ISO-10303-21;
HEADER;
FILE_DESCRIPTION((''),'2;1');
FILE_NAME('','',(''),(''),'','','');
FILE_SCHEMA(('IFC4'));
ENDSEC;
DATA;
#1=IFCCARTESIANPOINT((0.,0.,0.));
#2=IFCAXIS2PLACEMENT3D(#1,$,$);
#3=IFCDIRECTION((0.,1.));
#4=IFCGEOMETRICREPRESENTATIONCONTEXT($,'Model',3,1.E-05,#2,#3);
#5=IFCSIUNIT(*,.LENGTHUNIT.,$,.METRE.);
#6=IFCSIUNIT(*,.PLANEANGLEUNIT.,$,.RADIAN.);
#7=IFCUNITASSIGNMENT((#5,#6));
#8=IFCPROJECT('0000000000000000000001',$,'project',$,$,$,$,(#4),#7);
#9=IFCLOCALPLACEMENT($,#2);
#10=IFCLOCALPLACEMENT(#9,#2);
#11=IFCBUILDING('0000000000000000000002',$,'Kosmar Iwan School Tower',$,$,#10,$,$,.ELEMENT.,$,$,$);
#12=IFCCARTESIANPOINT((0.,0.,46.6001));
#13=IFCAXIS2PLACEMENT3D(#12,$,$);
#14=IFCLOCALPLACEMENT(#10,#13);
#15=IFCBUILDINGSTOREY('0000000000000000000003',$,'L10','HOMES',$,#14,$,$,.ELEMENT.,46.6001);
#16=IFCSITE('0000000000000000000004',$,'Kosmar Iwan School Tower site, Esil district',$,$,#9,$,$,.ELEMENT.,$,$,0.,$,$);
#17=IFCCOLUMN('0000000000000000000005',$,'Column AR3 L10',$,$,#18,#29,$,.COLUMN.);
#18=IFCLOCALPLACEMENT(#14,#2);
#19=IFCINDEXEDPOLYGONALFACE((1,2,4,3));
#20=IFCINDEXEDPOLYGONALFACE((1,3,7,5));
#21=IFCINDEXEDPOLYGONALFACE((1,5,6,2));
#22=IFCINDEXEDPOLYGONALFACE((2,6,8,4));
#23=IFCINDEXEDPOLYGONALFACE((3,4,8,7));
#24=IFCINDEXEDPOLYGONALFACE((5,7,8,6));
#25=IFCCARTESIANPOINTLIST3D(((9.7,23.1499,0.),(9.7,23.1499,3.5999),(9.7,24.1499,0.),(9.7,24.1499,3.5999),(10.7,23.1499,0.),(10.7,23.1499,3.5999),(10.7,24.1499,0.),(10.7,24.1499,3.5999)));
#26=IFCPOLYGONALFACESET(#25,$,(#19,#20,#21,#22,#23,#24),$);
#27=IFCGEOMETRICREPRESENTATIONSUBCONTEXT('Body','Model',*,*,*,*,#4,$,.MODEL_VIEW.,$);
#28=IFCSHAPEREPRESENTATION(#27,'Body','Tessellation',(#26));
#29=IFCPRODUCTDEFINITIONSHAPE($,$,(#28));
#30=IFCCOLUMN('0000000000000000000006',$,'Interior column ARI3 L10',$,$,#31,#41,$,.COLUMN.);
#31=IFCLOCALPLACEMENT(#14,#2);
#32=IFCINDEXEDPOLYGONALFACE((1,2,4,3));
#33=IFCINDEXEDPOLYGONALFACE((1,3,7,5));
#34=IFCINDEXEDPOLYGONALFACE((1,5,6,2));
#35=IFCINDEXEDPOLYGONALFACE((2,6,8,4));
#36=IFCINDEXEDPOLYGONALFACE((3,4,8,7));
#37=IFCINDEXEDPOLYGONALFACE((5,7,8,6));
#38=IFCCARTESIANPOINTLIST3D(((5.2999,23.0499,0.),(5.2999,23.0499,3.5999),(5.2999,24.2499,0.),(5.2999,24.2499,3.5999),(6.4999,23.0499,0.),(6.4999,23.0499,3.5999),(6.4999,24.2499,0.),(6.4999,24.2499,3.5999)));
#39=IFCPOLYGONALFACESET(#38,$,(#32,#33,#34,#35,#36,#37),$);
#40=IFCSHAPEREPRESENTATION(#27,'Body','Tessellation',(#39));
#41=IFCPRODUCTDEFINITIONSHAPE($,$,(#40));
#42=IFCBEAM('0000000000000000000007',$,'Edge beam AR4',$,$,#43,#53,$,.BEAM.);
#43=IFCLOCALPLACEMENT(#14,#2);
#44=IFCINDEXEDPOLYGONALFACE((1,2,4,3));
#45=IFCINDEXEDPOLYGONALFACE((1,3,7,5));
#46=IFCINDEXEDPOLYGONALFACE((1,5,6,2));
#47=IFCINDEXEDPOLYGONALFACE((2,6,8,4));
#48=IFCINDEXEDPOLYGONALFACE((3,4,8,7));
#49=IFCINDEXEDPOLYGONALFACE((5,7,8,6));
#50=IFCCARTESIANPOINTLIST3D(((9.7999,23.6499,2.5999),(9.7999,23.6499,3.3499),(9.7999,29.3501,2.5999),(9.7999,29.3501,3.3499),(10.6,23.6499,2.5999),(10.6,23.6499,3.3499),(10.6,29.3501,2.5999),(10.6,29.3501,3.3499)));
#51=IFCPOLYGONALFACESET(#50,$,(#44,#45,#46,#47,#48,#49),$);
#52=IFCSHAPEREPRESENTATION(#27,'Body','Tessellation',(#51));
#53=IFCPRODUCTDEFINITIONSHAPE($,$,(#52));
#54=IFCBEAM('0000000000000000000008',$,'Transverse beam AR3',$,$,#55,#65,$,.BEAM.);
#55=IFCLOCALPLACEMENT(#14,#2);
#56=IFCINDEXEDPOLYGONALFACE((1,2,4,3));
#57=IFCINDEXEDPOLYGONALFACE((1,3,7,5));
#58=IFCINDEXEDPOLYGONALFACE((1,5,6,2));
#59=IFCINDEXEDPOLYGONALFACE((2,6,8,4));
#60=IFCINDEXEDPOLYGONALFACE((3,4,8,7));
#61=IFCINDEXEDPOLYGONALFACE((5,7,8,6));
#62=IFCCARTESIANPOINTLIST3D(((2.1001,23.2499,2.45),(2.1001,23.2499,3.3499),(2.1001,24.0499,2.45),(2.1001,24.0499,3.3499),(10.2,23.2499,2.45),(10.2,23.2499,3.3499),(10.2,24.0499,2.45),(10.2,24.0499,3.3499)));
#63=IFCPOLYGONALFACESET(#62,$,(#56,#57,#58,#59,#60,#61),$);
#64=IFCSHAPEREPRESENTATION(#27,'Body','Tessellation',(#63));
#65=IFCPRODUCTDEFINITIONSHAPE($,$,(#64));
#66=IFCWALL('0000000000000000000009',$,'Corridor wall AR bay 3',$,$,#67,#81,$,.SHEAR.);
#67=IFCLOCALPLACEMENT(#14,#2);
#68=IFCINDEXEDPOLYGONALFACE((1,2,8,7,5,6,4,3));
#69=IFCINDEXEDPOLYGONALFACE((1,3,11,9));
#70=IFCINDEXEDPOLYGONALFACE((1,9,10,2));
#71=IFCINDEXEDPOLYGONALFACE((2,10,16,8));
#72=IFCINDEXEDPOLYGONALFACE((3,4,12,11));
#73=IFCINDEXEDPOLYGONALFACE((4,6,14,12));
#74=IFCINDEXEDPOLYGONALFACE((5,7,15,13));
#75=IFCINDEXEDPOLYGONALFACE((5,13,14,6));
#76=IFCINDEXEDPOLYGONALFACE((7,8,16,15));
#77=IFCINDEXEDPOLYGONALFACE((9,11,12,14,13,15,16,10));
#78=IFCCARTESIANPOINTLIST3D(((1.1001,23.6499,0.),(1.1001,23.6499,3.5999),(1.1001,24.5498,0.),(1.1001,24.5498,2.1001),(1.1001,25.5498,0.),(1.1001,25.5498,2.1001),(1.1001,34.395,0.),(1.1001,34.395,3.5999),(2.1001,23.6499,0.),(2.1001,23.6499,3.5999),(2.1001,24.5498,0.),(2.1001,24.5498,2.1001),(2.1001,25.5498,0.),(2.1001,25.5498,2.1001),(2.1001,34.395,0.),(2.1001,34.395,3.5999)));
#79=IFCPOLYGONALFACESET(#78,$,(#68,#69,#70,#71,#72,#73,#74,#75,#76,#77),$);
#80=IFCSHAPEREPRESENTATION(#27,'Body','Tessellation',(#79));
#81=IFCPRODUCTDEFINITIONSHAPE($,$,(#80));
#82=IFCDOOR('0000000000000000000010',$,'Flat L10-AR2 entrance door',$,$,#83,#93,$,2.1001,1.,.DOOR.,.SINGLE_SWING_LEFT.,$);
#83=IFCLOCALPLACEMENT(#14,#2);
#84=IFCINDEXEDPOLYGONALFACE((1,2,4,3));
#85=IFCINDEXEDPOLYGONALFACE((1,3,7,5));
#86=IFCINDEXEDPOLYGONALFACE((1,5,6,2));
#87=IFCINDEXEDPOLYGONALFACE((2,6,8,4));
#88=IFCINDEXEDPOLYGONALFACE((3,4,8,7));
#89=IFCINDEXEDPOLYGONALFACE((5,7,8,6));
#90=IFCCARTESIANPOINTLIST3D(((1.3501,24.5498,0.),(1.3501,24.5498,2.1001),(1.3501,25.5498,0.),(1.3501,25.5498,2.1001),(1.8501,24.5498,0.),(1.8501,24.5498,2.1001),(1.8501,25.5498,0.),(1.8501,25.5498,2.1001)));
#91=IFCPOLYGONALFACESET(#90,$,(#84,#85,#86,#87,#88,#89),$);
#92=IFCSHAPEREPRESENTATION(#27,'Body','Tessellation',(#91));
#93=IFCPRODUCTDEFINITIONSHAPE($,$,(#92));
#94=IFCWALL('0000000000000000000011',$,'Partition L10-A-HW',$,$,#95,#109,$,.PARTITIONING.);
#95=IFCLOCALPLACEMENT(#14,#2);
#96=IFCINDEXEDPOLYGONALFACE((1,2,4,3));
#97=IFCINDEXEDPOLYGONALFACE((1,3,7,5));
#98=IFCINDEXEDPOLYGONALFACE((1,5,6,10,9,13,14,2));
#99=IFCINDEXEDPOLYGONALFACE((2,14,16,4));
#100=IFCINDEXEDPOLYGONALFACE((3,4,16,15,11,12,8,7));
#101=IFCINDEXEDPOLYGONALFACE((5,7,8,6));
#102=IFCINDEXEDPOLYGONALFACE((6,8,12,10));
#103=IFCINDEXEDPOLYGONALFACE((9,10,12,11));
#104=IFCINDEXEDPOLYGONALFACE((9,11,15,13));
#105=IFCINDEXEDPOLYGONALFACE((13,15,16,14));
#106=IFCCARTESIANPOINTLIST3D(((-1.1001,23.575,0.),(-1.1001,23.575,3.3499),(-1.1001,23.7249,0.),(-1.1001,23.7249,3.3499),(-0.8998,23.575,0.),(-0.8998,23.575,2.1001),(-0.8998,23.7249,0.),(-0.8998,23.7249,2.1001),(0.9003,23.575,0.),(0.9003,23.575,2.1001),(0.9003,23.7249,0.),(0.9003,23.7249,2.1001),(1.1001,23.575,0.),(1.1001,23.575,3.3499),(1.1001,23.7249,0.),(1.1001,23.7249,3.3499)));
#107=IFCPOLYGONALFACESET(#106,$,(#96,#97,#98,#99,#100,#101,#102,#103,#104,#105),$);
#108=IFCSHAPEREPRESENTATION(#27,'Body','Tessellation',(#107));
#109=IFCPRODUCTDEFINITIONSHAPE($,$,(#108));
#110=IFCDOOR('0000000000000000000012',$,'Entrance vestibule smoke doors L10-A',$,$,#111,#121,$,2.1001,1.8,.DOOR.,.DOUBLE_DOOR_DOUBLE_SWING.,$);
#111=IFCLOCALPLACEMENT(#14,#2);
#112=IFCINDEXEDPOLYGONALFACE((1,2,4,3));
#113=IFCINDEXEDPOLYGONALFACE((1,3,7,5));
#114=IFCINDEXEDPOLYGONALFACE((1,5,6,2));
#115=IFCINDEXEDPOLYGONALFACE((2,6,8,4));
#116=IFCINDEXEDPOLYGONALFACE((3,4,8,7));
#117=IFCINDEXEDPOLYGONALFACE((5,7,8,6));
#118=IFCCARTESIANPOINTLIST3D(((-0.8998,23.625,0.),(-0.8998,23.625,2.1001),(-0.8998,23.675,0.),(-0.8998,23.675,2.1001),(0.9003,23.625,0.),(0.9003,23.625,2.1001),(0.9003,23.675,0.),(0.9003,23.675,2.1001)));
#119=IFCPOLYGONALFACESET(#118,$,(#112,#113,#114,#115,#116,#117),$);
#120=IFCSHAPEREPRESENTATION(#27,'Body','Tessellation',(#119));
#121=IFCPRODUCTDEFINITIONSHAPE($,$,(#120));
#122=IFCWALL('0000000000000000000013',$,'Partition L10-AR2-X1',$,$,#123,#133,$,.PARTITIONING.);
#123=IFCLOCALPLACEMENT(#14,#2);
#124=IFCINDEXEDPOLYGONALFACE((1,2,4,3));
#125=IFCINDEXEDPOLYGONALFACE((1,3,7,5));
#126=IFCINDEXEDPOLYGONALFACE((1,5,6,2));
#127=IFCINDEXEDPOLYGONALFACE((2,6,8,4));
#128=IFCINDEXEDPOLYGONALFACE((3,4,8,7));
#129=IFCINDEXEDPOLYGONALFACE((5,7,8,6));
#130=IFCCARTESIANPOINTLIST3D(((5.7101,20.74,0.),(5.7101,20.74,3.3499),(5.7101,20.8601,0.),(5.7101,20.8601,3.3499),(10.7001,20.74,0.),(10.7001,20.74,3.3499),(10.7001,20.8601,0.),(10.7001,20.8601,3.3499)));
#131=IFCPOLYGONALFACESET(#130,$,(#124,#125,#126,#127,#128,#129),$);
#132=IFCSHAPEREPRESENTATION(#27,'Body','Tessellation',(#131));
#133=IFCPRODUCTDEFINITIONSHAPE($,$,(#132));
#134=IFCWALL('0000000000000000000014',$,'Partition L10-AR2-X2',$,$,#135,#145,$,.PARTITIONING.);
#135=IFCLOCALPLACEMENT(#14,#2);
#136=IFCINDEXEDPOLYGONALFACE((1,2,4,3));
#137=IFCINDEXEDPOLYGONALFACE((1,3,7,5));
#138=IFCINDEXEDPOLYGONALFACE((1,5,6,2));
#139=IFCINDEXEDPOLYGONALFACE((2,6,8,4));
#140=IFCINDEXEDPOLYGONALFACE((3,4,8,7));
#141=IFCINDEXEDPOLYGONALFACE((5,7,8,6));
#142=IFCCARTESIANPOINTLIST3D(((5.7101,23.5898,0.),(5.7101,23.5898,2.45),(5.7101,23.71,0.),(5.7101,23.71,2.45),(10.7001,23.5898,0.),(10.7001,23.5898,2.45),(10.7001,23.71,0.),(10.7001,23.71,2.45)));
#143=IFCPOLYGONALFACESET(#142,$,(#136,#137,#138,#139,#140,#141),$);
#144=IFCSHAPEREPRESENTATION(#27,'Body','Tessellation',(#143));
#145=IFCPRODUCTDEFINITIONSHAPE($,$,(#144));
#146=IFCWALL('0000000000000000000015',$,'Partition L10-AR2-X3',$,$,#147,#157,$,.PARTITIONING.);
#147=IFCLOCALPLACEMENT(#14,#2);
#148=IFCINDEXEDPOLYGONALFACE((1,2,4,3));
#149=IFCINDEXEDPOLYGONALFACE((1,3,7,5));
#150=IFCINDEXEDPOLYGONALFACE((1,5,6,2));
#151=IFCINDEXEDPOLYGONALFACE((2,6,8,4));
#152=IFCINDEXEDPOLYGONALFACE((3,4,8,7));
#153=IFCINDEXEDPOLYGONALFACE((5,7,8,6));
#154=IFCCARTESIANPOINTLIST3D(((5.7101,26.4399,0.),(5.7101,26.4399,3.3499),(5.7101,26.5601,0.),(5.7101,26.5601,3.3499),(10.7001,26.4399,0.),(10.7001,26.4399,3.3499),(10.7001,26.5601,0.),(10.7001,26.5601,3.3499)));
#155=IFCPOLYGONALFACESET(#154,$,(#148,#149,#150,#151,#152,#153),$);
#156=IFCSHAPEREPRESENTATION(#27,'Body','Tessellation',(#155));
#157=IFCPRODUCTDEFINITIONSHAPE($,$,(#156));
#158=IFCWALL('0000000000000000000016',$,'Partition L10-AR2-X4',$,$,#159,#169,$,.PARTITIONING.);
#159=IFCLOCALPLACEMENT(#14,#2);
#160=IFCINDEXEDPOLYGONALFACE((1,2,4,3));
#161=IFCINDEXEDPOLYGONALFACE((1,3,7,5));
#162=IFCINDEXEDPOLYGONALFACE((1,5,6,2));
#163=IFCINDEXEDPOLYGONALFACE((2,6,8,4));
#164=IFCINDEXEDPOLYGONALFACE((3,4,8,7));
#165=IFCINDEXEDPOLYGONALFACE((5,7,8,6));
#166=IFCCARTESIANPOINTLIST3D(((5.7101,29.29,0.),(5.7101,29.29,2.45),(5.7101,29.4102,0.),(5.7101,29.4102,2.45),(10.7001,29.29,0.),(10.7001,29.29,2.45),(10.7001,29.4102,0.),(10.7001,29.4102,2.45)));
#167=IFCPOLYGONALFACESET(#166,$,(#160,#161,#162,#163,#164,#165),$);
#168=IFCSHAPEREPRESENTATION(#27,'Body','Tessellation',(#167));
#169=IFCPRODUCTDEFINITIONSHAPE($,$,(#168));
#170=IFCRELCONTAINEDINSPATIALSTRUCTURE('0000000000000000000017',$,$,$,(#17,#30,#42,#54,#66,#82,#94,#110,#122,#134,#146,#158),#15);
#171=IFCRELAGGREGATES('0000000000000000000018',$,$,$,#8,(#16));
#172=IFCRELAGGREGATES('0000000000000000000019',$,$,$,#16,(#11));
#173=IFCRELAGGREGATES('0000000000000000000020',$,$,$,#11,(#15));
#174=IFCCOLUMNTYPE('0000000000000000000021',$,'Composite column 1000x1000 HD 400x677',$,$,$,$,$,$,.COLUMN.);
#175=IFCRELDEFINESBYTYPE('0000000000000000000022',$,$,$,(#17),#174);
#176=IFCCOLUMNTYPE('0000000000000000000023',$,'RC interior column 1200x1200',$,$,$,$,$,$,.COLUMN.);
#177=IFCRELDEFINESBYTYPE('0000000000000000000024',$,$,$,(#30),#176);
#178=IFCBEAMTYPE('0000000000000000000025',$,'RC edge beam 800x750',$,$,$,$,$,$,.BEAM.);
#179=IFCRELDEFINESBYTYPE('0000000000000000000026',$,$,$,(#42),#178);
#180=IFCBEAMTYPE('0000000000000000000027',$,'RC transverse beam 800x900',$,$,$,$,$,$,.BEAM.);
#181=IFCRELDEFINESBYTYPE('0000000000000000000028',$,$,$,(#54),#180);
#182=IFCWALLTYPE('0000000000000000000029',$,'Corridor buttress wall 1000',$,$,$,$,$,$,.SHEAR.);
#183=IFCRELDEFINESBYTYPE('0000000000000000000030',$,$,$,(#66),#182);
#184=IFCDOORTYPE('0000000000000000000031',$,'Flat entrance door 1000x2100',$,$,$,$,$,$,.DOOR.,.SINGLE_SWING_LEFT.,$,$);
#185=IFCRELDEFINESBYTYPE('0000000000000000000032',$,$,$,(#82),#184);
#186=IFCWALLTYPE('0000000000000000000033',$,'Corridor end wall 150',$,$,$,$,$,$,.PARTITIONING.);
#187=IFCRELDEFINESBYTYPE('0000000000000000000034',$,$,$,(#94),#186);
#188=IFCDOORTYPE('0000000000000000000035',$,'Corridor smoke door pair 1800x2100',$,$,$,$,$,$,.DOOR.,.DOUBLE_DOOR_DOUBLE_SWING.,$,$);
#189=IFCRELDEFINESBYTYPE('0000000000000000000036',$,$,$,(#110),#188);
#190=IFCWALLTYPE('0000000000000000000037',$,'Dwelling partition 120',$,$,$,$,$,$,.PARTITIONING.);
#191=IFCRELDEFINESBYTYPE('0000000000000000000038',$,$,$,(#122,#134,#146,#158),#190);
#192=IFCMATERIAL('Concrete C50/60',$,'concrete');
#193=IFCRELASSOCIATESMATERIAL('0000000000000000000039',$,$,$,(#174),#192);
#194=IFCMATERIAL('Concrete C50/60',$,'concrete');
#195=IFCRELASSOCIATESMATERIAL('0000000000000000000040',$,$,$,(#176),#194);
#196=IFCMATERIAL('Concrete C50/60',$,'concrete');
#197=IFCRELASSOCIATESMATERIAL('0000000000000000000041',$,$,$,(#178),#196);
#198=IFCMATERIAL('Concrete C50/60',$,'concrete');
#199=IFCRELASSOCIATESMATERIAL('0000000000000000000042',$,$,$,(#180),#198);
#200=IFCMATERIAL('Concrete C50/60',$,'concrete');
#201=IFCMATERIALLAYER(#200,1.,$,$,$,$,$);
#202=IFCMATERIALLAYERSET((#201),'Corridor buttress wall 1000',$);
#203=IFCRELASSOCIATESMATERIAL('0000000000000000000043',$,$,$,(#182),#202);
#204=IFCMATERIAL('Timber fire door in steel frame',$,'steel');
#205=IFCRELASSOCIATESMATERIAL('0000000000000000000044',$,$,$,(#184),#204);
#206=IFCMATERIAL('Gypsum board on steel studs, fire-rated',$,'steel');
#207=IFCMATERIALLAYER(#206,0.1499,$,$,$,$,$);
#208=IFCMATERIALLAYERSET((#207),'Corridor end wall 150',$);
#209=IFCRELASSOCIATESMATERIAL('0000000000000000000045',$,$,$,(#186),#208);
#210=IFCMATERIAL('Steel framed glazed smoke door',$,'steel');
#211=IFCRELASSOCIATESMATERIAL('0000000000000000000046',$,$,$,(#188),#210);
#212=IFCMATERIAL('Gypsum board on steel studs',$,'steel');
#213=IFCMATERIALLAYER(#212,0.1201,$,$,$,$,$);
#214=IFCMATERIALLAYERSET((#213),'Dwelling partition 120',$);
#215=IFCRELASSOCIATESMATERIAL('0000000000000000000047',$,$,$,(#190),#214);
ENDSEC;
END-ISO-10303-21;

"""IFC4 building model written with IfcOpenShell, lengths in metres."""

from ifc_helpers import new_model, si_unit, direction, frame, frame_2d, origin, origin_2d, place, context, subcontext, project, spatial, rectangle, extrude, material, layer, layer_set, material_profile, profile_set, type_object, element, fill, save


model = new_model("IFC4")

# Units and contexts
model_context = context("Model", 3, precision=1e-05, world=origin(), true_north=direction((0.0, 1.0)))
body_context = subcontext(model_context, "Body", "Model", "MODEL_VIEW")
ifc_project = project(units=[si_unit("LENGTHUNIT", "METRE"), si_unit("PLANEANGLEUNIT", "RADIAN")], contexts=[model_context])

# Site, building, storey
site_placement = place(None, origin())
site = spatial("IfcSite", under=ifc_project, at=site_placement, Name="Kosmar Iwan School Tower site, Esil district", CompositionType="ELEMENT", RefElevation=0.0)
building_placement = place(site_placement, origin())
building = spatial("IfcBuilding", under=site, at=building_placement, Name="Kosmar Iwan School Tower", CompositionType="ELEMENT")
storey_placement = place(building_placement, frame((0.0, 0.0, 46.6001)))
storey = spatial("IfcBuildingStorey", under=building, at=storey_placement, Name="L10", Description="HOMES", CompositionType="ELEMENT", Elevation=46.6001)

# Columns
ifc_material_1 = material(Name="Concrete C50/60", Category="concrete")
ifc_material_profile_1 = material_profile(ifc_material_1, rectangle(XDim=1.0, YDim=1.0, at=origin_2d()), Name="RC 1000x1000 + HD 400x677")
ifc_profile_set_1 = profile_set([ifc_material_profile_1], Name="Concrete C50/60")
column_type_1 = type_object("IfcColumnType", Name="Composite column 1000x1000 HD 400x677", PredefinedType="COLUMN", material=ifc_profile_set_1)
column_1_placement = place(storey_placement, frame((10.2, 23.6499, 0.0), z_axis=(0.0, 0.0, 1.0), x_axis=(0.0, 1.0, 0.0)))
element("IfcColumn", 1, at=column_1_placement, inside=storey, type_object=column_type_1, Name="Column AR3 L10", PredefinedType="COLUMN", context=body_context, shape_type="SweptSolid", body=[
    extrude(rectangle(XDim=1.0, YDim=1.0, at=origin_2d()), origin(), (0.0, 0.0, 1.0), 3.5999),
])
ifc_material_2 = material(Name="Concrete C50/60", Category="concrete")
ifc_material_profile_2 = material_profile(ifc_material_2, rectangle(XDim=1.2, YDim=1.2, at=origin_2d()), Name="RC 1200x1200")
ifc_profile_set_2 = profile_set([ifc_material_profile_2], Name="Concrete C50/60")
column_type_2 = type_object("IfcColumnType", Name="RC interior column 1200x1200", PredefinedType="COLUMN", material=ifc_profile_set_2)
column_2_placement = place(storey_placement, frame((5.8999, 23.6499, 0.0), z_axis=(0.0, 0.0, 1.0), x_axis=(0.0, 1.0, 0.0)))
element("IfcColumn", 2, at=column_2_placement, inside=storey, type_object=column_type_2, Name="Interior column ARI3 L10", PredefinedType="COLUMN", context=body_context, shape_type="SweptSolid", body=[
    extrude(rectangle(XDim=1.2, YDim=1.2, at=origin_2d()), origin(), (0.0, 0.0, 1.0), 3.5999),
])

# Beams
ifc_material_3 = material(Name="Concrete C50/60", Category="concrete")
ifc_material_profile_3 = material_profile(ifc_material_3, rectangle(XDim=0.8, YDim=0.75, at=origin_2d()), Name="RC 800x750")
ifc_profile_set_3 = profile_set([ifc_material_profile_3], Name="Concrete C50/60")
beam_type_1 = type_object("IfcBeamType", Name="RC edge beam 800x750", PredefinedType="BEAM", material=ifc_profile_set_3)
beam_1_placement = place(storey_placement, frame((10.2, 23.6499, 2.9749), z_axis=(0.0, 1.0, 0.0), x_axis=(-1.0, 0.0, 0.0)))
element("IfcBeam", 3, at=beam_1_placement, inside=storey, type_object=beam_type_1, Name="Edge beam AR4", PredefinedType="BEAM", context=body_context, shape_type="SweptSolid", body=[
    extrude(rectangle(XDim=0.8, YDim=0.75, at=origin_2d()), origin(), (0.0, 0.0, 1.0), 5.7002),
])
ifc_material_4 = material(Name="Concrete C50/60", Category="concrete")
ifc_material_profile_4 = material_profile(ifc_material_4, rectangle(XDim=0.8, YDim=0.8999, at=origin_2d()), Name="RC 800x900")
ifc_profile_set_4 = profile_set([ifc_material_profile_4], Name="Concrete C50/60")
beam_type_2 = type_object("IfcBeamType", Name="RC transverse beam 800x900", PredefinedType="BEAM", material=ifc_profile_set_4)
beam_2_placement = place(storey_placement, frame((10.2, 23.6499, 2.8999), z_axis=(-1.0, 0.0, 0.0), x_axis=(0.0, -1.0, 0.0)))
element("IfcBeam", 4, at=beam_2_placement, inside=storey, type_object=beam_type_2, Name="Transverse beam AR3", PredefinedType="BEAM", context=body_context, shape_type="SweptSolid", body=[
    extrude(rectangle(XDim=0.8, YDim=0.8999, at=origin_2d()), origin(), (0.0, 0.0, 1.0), 8.0999),
])

# Walls, openings, doors
ifc_material_5 = material(Name="Concrete C50/60", Category="concrete")
ifc_layer_1 = layer(ifc_material_5, 1.0)
ifc_layer_set_1 = layer_set([ifc_layer_1], Name="Corridor buttress wall 1000")
wall_type_1 = type_object("IfcWallType", Name="Corridor buttress wall 1000", PredefinedType="SHEAR", material=ifc_layer_set_1)
wall_1_placement = place(storey_placement, frame((1.6001, 23.6499, 0.0), z_axis=(0.0, 0.0, 1.0), x_axis=(0.0, 1.0, 0.0)))
wall_1 = element("IfcWall", 5, at=wall_1_placement, inside=storey, type_object=wall_type_1, Name="Corridor wall AR bay 3", PredefinedType="SHEAR", context=body_context, shape_type="SweptSolid", body=[
    extrude(rectangle(XDim=10.7451, YDim=1.0, at=frame_2d((5.3726, 0.0))), origin(), (0.0, 0.0, 1.0), 3.5999),
])
opening_1_placement = place(wall_1_placement, frame((0.8999, 0.0, 0.0)))
opening_1 = element("IfcOpeningElement", 6, at=opening_1_placement, cuts=wall_1, PredefinedType="OPENING", context=body_context, shape_type="SweptSolid", body=[
    extrude(rectangle(XDim=1.0, YDim=2.1001, at=frame_2d((0.5, 1.05))), frame((0.0, 0.512, 0.0), z_axis=(0.0, -1.0, 0.0), x_axis=(1.0, 0.0, 0.0)), (0.0, 0.0, 1.0), 1.0239),
])
ifc_material_6 = material(Name="Timber fire door in steel frame", Category="steel")
door_type_1 = type_object("IfcDoorType", Name="Flat entrance door 1000x2100", OperationType="SINGLE_SWING_LEFT", PredefinedType="DOOR", material=ifc_material_6)
door_1_placement = place(opening_1_placement, origin())
door_1 = element("IfcDoor", 7, at=door_1_placement, inside=storey, type_object=door_type_1, Name="Flat L10-AR2 entrance door", OperationType="SINGLE_SWING_LEFT", OverallHeight=2.1001, OverallWidth=1.0, PredefinedType="DOOR", context=body_context, shape_type="SweptSolid", body=[
    extrude(rectangle(XDim=1.0, YDim=2.1001, at=frame_2d((0.5, 1.05))), frame((0.0, 0.25, 0.0), z_axis=(0.0, -1.0, 0.0), x_axis=(1.0, 0.0, 0.0)), (0.0, 0.0, 1.0), 0.5),
])
fill(opening_1, door_1)
ifc_material_7 = material(Name="Gypsum board on steel studs, fire-rated", Category="steel")
ifc_layer_2 = layer(ifc_material_7, 0.1499)
ifc_layer_set_2 = layer_set([ifc_layer_2], Name="Corridor end wall 150")
wall_type_2 = type_object("IfcWallType", Name="Corridor end wall 150", PredefinedType="PARTITIONING", material=ifc_layer_set_2)
wall_2_placement = place(storey_placement, frame((1.1001, 23.6499, 0.0), z_axis=(0.0, 0.0, 1.0), x_axis=(-1.0, 0.0, 0.0)))
wall_2 = element("IfcWall", 8, at=wall_2_placement, inside=storey, type_object=wall_type_2, Name="Partition L10-A-HW", PredefinedType="PARTITIONING", context=body_context, shape_type="SweptSolid", body=[
    extrude(rectangle(XDim=2.2002, YDim=0.1499, at=frame_2d((1.1001, 0.0))), origin(), (0.0, 0.0, 1.0), 3.3499),
])
opening_2_placement = place(wall_2_placement, frame((0.2, 0.0, 0.0)))
opening_2 = element("IfcOpeningElement", 9, at=opening_2_placement, cuts=wall_2, PredefinedType="OPENING", context=body_context, shape_type="SweptSolid", body=[
    extrude(rectangle(XDim=1.8, YDim=2.1001, at=frame_2d((0.8999, 1.05))), frame((0.0, 0.0869, 0.0), z_axis=(0.0, -1.0, 0.0), x_axis=(1.0, 0.0, 0.0)), (0.0, 0.0, 1.0), 0.1738),
])
ifc_material_8 = material(Name="Steel framed glazed smoke door", Category="steel")
door_type_2 = type_object("IfcDoorType", Name="Corridor smoke door pair 1800x2100", OperationType="DOUBLE_DOOR_DOUBLE_SWING", PredefinedType="DOOR", material=ifc_material_8)
door_2_placement = place(opening_2_placement, origin())
door_2 = element("IfcDoor", 10, at=door_2_placement, inside=storey, type_object=door_type_2, Name="Entrance vestibule smoke doors L10-A", OperationType="DOUBLE_DOOR_DOUBLE_SWING", OverallHeight=2.1001, OverallWidth=1.8, PredefinedType="DOOR", context=body_context, shape_type="SweptSolid", body=[
    extrude(rectangle(XDim=1.8, YDim=2.1001, at=frame_2d((0.8999, 1.05))), frame((0.0, 0.0249, 0.0), z_axis=(0.0, -1.0, 0.0), x_axis=(1.0, 0.0, 0.0)), (0.0, 0.0, 1.0), 0.05),
])
fill(opening_2, door_2)

# Walls
ifc_material_9 = material(Name="Gypsum board on steel studs", Category="steel")
ifc_layer_3 = layer(ifc_material_9, 0.1201)
ifc_layer_set_3 = layer_set([ifc_layer_3], Name="Dwelling partition 120")
wall_type_3 = type_object("IfcWallType", Name="Dwelling partition 120", PredefinedType="PARTITIONING", material=ifc_layer_set_3)
wall_3_placement = place(storey_placement, frame((5.71, 20.8, 0.0), z_axis=(0.0, 0.0, 1.0), x_axis=(1.0, 0.0, 0.0)))
element("IfcWall", 11, at=wall_3_placement, inside=storey, type_object=wall_type_3, Name="Partition L10-AR2-X1", PredefinedType="PARTITIONING", context=body_context, shape_type="SweptSolid", body=[
    extrude(rectangle(XDim=4.99, YDim=0.1201, at=frame_2d((2.4951, 0.0))), origin(), (0.0, 0.0, 1.0), 3.3499),
])
wall_4_placement = place(storey_placement, frame((5.71, 23.6499, 0.0), z_axis=(0.0, 0.0, 1.0), x_axis=(1.0, 0.0, 0.0)))
element("IfcWall", 12, at=wall_4_placement, inside=storey, type_object=wall_type_3, Name="Partition L10-AR2-X2", PredefinedType="PARTITIONING", context=body_context, shape_type="SweptSolid", body=[
    extrude(rectangle(XDim=4.99, YDim=0.1201, at=frame_2d((2.4951, 0.0))), origin(), (0.0, 0.0, 1.0), 2.45),
])
wall_5_placement = place(storey_placement, frame((5.71, 26.5, 0.0), z_axis=(0.0, 0.0, 1.0), x_axis=(1.0, 0.0, 0.0)))
element("IfcWall", 13, at=wall_5_placement, inside=storey, type_object=wall_type_3, Name="Partition L10-AR2-X3", PredefinedType="PARTITIONING", context=body_context, shape_type="SweptSolid", body=[
    extrude(rectangle(XDim=4.99, YDim=0.1201, at=frame_2d((2.4951, 0.0))), origin(), (0.0, 0.0, 1.0), 3.3499),
])
wall_6_placement = place(storey_placement, frame((5.71, 29.3501, 0.0), z_axis=(0.0, 0.0, 1.0), x_axis=(1.0, 0.0, 0.0)))
element("IfcWall", 14, at=wall_6_placement, inside=storey, type_object=wall_type_3, Name="Partition L10-AR2-X4", PredefinedType="PARTITIONING", context=body_context, shape_type="SweptSolid", body=[
    extrude(rectangle(XDim=4.99, YDim=0.1201, at=frame_2d((2.4951, 0.0))), origin(), (0.0, 0.0, 1.0), 2.45),
])

save(model, "model.ifc")
